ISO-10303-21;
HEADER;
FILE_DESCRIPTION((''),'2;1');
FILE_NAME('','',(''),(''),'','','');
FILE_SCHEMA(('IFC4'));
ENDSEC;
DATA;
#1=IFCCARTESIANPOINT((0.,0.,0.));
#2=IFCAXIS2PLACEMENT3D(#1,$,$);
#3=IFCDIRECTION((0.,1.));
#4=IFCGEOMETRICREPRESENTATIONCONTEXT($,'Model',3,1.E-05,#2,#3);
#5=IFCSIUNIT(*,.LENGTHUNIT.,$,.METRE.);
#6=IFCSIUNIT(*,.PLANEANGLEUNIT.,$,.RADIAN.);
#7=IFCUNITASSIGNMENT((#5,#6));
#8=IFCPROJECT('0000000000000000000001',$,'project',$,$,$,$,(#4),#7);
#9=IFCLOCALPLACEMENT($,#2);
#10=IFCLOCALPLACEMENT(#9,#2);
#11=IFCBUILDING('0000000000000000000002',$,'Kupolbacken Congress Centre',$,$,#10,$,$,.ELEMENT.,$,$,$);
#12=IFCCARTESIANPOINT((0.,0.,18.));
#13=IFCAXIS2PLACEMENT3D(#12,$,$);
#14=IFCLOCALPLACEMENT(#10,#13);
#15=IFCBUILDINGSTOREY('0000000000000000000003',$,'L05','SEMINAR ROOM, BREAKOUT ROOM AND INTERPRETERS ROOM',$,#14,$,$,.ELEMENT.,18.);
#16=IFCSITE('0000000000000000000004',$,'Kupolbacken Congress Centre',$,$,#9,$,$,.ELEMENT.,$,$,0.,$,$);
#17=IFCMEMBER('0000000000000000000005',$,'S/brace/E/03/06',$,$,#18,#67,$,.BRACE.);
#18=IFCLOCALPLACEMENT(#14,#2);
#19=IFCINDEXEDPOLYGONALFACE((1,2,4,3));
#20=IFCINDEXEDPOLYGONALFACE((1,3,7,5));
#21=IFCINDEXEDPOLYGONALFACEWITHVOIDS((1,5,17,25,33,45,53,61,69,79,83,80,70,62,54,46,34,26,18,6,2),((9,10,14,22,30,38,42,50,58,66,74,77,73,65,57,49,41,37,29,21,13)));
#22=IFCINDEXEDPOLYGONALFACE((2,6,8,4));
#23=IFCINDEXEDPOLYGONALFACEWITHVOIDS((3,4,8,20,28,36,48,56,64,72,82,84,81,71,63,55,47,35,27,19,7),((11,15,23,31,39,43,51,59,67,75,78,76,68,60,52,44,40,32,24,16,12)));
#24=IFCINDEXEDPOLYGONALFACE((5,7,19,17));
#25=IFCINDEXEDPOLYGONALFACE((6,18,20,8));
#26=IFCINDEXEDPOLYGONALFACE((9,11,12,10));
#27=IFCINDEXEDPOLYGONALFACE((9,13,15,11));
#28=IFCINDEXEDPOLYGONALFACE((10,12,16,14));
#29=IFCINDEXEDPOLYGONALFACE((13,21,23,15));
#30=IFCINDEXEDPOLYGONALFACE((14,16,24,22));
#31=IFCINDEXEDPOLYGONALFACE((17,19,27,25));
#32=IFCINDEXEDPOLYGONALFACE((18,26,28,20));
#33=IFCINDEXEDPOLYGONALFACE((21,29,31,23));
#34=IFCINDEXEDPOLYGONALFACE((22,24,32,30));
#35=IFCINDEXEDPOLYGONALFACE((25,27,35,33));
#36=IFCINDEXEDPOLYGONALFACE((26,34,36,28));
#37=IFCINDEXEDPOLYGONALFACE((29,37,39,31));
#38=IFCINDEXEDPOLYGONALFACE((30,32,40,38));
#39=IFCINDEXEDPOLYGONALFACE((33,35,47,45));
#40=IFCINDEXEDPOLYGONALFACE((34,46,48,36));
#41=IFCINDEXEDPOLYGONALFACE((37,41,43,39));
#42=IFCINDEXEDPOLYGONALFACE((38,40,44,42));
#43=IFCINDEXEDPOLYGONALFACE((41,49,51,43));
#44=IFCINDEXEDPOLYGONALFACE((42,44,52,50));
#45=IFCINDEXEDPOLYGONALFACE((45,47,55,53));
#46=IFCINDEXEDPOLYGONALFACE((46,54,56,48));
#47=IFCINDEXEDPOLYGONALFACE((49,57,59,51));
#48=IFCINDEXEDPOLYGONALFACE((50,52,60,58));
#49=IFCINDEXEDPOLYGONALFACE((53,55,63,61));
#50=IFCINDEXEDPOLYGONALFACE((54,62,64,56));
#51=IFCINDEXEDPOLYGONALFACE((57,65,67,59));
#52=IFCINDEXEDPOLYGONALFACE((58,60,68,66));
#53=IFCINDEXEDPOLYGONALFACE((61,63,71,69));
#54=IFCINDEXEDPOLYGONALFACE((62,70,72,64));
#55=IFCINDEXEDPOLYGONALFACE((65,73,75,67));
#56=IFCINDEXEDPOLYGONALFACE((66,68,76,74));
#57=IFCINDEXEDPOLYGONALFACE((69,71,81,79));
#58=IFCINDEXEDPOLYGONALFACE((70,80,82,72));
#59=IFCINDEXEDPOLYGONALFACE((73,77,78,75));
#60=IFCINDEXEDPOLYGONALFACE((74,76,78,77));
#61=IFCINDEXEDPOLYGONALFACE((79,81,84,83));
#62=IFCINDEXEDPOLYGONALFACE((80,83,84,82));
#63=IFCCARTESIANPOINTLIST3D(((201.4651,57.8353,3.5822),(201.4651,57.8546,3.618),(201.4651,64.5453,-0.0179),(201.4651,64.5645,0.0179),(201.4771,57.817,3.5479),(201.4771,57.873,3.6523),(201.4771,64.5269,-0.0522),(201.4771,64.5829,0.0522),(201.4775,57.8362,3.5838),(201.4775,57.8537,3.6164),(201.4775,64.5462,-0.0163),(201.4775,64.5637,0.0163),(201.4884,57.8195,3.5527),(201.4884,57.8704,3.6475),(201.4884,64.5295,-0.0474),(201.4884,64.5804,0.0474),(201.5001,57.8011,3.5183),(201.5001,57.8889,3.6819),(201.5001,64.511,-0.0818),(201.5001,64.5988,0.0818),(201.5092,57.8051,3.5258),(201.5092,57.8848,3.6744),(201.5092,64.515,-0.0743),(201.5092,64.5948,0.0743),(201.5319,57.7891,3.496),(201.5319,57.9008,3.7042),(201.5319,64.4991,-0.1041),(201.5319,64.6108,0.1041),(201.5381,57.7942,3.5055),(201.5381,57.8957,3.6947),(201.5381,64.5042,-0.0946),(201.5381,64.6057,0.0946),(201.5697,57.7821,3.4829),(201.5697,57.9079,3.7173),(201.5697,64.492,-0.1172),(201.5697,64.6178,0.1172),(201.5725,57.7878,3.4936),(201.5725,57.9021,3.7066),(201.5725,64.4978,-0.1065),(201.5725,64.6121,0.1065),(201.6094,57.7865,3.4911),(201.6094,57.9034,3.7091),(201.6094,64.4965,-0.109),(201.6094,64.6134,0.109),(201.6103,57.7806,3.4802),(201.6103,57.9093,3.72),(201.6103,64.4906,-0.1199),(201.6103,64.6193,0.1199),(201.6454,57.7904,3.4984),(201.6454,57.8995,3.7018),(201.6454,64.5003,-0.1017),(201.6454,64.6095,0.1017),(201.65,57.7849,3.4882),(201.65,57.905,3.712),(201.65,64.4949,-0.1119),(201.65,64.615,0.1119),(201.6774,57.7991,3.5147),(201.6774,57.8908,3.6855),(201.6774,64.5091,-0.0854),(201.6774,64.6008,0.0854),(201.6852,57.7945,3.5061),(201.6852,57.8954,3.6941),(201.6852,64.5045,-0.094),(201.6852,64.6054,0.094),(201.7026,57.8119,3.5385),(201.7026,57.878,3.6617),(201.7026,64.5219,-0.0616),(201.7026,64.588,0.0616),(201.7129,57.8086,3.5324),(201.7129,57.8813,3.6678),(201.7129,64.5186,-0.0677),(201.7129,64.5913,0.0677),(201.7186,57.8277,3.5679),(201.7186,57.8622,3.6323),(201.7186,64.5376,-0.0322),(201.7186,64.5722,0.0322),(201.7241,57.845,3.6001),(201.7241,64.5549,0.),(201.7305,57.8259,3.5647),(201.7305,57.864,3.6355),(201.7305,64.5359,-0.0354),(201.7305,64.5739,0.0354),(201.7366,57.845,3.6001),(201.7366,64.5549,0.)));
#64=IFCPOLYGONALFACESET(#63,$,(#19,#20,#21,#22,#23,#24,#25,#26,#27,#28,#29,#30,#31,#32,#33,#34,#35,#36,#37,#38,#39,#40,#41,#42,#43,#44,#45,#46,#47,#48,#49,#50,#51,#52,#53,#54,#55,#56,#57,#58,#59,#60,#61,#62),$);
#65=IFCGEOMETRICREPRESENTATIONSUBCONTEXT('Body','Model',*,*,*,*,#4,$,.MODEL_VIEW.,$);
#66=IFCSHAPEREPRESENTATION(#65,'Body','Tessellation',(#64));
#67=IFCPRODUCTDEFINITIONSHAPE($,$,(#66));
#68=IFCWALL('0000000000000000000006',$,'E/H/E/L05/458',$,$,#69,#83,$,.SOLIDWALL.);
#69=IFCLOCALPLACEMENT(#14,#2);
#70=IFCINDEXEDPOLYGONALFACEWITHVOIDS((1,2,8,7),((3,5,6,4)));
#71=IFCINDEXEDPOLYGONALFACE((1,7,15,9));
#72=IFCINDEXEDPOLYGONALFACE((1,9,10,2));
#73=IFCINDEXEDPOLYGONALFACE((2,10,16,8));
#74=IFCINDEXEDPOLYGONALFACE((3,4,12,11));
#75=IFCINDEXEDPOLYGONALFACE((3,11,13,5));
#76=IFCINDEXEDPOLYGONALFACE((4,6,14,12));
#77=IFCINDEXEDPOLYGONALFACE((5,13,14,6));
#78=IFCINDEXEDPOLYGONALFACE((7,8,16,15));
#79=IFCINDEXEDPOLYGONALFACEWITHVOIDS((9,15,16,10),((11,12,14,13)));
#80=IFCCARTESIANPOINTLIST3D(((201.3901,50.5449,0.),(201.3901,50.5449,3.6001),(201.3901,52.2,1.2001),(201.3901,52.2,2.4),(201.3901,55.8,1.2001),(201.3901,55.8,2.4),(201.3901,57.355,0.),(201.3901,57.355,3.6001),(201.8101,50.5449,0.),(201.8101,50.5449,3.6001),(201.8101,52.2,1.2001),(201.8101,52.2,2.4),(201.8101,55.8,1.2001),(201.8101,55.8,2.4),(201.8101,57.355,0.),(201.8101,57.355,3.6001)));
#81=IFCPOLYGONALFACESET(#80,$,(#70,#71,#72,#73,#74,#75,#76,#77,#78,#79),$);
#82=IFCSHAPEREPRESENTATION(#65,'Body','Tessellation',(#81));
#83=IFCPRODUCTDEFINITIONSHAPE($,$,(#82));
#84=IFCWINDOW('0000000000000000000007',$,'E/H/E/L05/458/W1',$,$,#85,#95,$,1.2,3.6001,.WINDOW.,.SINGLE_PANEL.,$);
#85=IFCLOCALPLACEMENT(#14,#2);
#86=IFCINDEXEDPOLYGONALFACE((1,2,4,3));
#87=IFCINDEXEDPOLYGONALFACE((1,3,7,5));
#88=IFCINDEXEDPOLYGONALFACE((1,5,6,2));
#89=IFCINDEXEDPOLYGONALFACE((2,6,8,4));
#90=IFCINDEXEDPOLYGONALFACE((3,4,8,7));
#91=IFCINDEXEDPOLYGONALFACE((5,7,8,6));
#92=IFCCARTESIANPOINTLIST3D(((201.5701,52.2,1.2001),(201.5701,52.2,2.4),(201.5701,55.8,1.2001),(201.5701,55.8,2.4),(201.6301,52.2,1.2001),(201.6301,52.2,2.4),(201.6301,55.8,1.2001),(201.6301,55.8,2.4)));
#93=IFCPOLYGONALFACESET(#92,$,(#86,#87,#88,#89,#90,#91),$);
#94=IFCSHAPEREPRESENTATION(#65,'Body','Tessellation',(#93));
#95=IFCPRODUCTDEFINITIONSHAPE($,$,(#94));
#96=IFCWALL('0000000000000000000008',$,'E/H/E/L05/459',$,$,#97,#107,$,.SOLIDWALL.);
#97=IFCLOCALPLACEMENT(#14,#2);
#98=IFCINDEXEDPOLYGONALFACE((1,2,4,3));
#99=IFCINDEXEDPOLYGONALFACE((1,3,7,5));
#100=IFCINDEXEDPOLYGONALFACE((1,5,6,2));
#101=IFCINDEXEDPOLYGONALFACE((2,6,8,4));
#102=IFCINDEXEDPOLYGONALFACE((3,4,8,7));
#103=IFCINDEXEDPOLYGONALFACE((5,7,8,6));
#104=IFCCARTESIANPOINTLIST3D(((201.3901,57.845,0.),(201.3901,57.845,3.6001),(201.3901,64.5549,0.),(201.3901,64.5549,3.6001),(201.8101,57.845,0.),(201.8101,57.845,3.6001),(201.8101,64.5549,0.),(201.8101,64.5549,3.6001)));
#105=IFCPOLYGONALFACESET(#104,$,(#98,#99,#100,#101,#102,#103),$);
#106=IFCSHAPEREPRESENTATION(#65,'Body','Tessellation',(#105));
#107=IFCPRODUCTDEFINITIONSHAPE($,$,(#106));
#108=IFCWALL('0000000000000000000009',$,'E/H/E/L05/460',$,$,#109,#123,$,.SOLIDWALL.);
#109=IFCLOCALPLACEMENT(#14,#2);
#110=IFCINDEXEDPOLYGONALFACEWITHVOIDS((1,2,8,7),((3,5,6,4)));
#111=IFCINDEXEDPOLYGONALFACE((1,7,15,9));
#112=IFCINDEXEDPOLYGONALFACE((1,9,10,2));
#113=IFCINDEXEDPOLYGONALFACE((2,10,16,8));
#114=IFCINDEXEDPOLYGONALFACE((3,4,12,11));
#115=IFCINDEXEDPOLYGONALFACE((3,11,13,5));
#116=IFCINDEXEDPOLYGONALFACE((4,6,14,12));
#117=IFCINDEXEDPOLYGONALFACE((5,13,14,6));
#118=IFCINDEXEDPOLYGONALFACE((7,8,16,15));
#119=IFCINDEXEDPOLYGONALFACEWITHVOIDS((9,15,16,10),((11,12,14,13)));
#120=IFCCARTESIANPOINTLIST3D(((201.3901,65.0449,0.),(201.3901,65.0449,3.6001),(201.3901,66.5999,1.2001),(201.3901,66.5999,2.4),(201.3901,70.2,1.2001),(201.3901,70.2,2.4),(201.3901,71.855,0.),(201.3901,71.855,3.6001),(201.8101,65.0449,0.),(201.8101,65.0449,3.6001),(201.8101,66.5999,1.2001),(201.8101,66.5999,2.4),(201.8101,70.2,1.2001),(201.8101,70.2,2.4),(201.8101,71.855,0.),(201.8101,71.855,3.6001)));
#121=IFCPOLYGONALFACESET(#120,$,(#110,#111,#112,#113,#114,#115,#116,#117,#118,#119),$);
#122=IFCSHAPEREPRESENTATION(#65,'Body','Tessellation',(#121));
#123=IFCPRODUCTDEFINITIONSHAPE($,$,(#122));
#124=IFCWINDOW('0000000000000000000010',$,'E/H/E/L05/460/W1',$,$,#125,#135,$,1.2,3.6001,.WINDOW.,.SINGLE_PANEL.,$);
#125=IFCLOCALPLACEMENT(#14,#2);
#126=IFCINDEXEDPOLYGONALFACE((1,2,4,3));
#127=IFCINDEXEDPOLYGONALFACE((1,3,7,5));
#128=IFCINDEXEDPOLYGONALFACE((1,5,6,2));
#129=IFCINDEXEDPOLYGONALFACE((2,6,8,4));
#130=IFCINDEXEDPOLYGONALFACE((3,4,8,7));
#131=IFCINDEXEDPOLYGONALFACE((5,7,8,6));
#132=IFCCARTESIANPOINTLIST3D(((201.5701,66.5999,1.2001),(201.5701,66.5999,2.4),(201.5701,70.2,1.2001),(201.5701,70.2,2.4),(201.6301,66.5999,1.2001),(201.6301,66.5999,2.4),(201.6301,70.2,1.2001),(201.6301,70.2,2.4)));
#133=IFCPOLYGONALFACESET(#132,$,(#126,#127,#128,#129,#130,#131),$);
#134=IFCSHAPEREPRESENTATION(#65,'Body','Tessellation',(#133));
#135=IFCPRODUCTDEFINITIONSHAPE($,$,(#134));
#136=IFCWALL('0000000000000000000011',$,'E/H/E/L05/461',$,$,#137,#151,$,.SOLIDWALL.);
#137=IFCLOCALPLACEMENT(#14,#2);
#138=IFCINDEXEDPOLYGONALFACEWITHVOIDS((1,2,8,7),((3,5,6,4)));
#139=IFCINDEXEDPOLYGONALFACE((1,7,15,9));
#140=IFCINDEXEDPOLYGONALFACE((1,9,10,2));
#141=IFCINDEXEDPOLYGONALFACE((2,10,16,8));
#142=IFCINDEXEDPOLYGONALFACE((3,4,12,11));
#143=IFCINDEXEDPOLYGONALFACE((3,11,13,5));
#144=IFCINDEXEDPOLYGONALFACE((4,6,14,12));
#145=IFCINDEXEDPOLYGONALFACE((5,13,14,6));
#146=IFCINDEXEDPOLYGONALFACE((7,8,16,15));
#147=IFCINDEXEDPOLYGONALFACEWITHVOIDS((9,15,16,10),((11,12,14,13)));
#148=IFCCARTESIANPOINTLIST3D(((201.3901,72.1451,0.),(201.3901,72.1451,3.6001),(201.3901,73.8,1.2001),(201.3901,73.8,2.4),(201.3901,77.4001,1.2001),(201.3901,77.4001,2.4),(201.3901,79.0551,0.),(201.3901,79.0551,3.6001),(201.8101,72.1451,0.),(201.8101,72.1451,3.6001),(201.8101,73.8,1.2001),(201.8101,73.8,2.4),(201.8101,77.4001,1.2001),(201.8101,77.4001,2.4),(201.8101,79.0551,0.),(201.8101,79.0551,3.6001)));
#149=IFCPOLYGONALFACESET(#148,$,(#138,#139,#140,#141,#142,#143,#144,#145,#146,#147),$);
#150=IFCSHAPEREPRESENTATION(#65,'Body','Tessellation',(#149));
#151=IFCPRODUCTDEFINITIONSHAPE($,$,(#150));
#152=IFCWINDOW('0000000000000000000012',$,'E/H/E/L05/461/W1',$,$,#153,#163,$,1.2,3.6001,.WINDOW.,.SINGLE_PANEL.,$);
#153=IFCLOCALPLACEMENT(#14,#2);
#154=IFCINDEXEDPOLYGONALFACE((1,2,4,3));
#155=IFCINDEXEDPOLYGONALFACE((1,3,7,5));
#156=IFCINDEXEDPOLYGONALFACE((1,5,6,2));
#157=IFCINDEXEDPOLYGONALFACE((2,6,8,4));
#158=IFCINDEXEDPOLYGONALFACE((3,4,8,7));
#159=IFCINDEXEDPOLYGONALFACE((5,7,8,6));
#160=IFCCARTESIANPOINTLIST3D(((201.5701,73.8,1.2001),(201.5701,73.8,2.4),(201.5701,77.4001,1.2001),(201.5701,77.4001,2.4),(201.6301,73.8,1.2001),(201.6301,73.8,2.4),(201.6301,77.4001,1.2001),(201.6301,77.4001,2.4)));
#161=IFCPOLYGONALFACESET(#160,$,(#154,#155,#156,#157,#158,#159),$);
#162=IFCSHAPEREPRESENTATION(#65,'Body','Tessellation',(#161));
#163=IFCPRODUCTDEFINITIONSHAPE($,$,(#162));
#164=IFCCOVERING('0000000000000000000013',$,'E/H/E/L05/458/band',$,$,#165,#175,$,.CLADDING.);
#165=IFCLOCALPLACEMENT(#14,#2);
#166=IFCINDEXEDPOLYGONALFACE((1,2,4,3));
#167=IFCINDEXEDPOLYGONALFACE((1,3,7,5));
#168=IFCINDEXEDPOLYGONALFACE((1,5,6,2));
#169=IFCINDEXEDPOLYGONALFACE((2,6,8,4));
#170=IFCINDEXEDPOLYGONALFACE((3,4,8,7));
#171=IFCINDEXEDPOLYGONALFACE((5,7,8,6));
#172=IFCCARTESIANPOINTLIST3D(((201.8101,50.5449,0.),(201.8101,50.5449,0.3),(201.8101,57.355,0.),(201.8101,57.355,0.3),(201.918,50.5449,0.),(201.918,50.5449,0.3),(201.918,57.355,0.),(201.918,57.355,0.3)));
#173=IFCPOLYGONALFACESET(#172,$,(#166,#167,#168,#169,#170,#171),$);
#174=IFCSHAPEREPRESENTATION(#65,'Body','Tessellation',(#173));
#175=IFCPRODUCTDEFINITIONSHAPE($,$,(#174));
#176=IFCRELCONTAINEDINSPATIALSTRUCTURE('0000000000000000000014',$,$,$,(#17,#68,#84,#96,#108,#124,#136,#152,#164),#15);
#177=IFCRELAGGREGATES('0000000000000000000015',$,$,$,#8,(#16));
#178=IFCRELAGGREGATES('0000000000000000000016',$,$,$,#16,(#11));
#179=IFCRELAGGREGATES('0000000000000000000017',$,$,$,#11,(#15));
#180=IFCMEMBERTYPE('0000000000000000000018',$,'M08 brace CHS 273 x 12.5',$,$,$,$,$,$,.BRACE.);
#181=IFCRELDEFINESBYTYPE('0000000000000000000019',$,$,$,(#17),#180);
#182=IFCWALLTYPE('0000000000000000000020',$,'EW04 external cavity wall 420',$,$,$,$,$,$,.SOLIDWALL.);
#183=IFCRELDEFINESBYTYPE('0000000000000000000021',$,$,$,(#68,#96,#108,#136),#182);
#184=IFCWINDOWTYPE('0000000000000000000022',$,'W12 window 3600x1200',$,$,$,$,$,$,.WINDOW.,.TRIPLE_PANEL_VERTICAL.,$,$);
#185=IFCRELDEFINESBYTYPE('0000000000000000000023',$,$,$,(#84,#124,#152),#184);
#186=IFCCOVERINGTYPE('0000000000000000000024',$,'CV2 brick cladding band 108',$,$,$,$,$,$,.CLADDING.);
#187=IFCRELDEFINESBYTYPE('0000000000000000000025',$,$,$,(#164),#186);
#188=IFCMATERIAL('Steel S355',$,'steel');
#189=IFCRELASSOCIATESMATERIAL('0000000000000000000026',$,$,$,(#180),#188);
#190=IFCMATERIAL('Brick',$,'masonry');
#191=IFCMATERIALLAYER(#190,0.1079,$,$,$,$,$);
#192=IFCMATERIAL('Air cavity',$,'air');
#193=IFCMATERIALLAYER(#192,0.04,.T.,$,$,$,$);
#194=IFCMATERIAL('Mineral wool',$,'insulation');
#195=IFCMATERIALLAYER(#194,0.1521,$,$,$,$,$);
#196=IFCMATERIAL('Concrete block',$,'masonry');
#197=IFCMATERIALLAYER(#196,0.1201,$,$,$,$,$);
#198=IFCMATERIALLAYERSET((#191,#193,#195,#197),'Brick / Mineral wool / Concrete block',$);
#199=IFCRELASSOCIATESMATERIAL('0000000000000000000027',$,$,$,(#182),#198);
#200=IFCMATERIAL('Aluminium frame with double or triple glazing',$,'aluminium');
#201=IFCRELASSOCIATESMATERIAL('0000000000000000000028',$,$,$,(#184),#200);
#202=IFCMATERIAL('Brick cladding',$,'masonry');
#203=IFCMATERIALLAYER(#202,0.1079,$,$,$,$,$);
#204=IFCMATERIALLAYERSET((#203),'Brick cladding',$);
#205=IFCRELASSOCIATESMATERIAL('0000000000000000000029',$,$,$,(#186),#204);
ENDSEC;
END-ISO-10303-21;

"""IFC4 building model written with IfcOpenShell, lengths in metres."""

from ifc_helpers import new_model, si_unit, direction, frame, frame_2d, origin, origin_2d, place, context, subcontext, project, spatial, rectangle, hollow_circle, extrude, material, layer, layer_set, material_profile, profile_set, type_object, element, fill, save


model = new_model("IFC4")

# Units and contexts
model_context = context("Model", 3, precision=1e-05, world=origin(), true_north=direction((0.0, 1.0)))
body_context = subcontext(model_context, "Body", "Model", "MODEL_VIEW")
ifc_project = project(units=[si_unit("LENGTHUNIT", "METRE"), si_unit("PLANEANGLEUNIT", "RADIAN")], contexts=[model_context])

# Site, building, storey
site_placement = place(None, origin())
site = spatial("IfcSite", under=ifc_project, at=site_placement, Name="Kupolbacken Congress Centre", CompositionType="ELEMENT", RefElevation=0.0)
building_placement = place(site_placement, origin())
building = spatial("IfcBuilding", under=site, at=building_placement, Name="Kupolbacken Congress Centre", CompositionType="ELEMENT")
storey_placement = place(building_placement, frame((0.0, 0.0, 18.0)))
storey = spatial("IfcBuildingStorey", under=building, at=storey_placement, Name="L05", Description="SEMINAR ROOM, BREAKOUT ROOM AND INTERPRETERS ROOM", CompositionType="ELEMENT", Elevation=18.0)

# Member
ifc_material_1 = material(Name="Steel S355", Category="steel")
ifc_material_profile_1 = material_profile(ifc_material_1, hollow_circle(Radius=0.1365, WallThickness=0.0125, at=origin_2d()), Name="CHS 273 x 12.5")
ifc_profile_set_1 = profile_set([ifc_material_profile_1], Name="Steel S355")
member_type_1 = type_object("IfcMemberType", Name="M08 brace CHS 273 x 12.5", PredefinedType="BRACE", material=ifc_profile_set_1)
member_1_placement = place(storey_placement, frame((201.6001, 64.5549, 0.0), z_axis=(0.0, -0.88118, 0.47278), x_axis=(1.0, 0.0, 0.0)))
element("IfcMember", 1, at=member_1_placement, inside=storey, type_object=member_type_1, Name="S/brace/E/03/06", PredefinedType="BRACE", context=body_context, shape_type="SweptSolid", body=[
    extrude(hollow_circle(Radius=0.1365, WallThickness=0.0125, at=origin_2d()), origin(), (0.0, 0.0, 1.0), 7.6147),
])

# Wall, opening, window
ifc_material_2 = material(Name="Brick", Category="masonry")
ifc_layer_1 = layer(ifc_material_2, 0.1079)
ifc_material_3 = material(Name="Air cavity", Category="air")
ifc_layer_2 = layer(ifc_material_3, 0.04, ventilated=True)
ifc_material_4 = material(Name="Mineral wool", Category="insulation")
ifc_layer_3 = layer(ifc_material_4, 0.1521)
ifc_material_5 = material(Name="Concrete block", Category="masonry")
ifc_layer_4 = layer(ifc_material_5, 0.1201)
ifc_layer_set_1 = layer_set([ifc_layer_1, ifc_layer_2, ifc_layer_3, ifc_layer_4], Name="Brick / Mineral wool / Concrete block")
wall_type = type_object("IfcWallType", Name="EW04 external cavity wall 420", PredefinedType="SOLIDWALL", material=ifc_layer_set_1)
wall_1_placement = place(storey_placement, frame((201.6001, 50.5449, 0.0), z_axis=(0.0, 0.0, 1.0), x_axis=(0.0, 1.0, 0.0)))
wall_1 = element("IfcWall", 2, at=wall_1_placement, inside=storey, type_object=wall_type, Name="E/H/E/L05/458", PredefinedType="SOLIDWALL", context=body_context, shape_type="SweptSolid", body=[
    extrude(rectangle(XDim=6.8101, YDim=0.4199, at=frame_2d((3.405, 0.0))), origin(), (0.0, 0.0, 1.0), 3.6001),
])
opening_1_placement = place(wall_1_placement, frame((1.655, 0.0, 1.2)))
opening_1 = element("IfcOpeningElement", 3, at=opening_1_placement, cuts=wall_1, PredefinedType="OPENING", context=body_context, shape_type="SweptSolid", body=[
    extrude(rectangle(XDim=3.6001, YDim=1.2, at=frame_2d((1.8, 0.6001))), frame((0.0, 0.22, 0.0), z_axis=(0.0, -1.0, 0.0), x_axis=(1.0, 0.0, 0.0)), (0.0, 0.0, 1.0), 0.4399),
])
ifc_material_6 = material(Name="Aluminium frame with double or triple glazing", Category="aluminium")
window_type = type_object("IfcWindowType", Name="W12 window 3600x1200", PartitioningType="TRIPLE_PANEL_VERTICAL", PredefinedType="WINDOW", material=ifc_material_6)
window_1_placement = place(opening_1_placement, origin())
window_1 = element("IfcWindow", 4, at=window_1_placement, inside=storey, type_object=window_type, Name="E/H/E/L05/458/W1", OverallHeight=1.2, OverallWidth=3.6001, PartitioningType="SINGLE_PANEL", PredefinedType="WINDOW", context=body_context, shape_type="SweptSolid", body=[
    extrude(rectangle(XDim=3.6001, YDim=1.2, at=frame_2d((1.8, 0.6001))), frame((0.0, 0.03, 0.0), z_axis=(0.0, -1.0, 0.0), x_axis=(1.0, 0.0, 0.0)), (0.0, 0.0, 1.0), 0.0601),
])
fill(opening_1, window_1)

# Wall
wall_2_placement = place(storey_placement, frame((201.6001, 57.845, 0.0), z_axis=(0.0, 0.0, 1.0), x_axis=(0.0, 1.0, 0.0)))
element("IfcWall", 5, at=wall_2_placement, inside=storey, type_object=wall_type, Name="E/H/E/L05/459", PredefinedType="SOLIDWALL", context=body_context, shape_type="SweptSolid", body=[
    extrude(rectangle(XDim=6.71, YDim=0.4199, at=frame_2d((3.355, 0.0))), origin(), (0.0, 0.0, 1.0), 3.6001),
])

# Walls, openings, windows
wall_3_placement = place(storey_placement, frame((201.6001, 65.0449, 0.0), z_axis=(0.0, 0.0, 1.0), x_axis=(0.0, 1.0, 0.0)))
wall_3 = element("IfcWall", 6, at=wall_3_placement, inside=storey, type_object=wall_type, Name="E/H/E/L05/460", PredefinedType="SOLIDWALL", context=body_context, shape_type="SweptSolid", body=[
    extrude(rectangle(XDim=6.8101, YDim=0.4199, at=frame_2d((3.405, 0.0))), origin(), (0.0, 0.0, 1.0), 3.6001),
])
opening_2_placement = place(wall_3_placement, frame((1.5549, 0.0, 1.2)))
opening_2 = element("IfcOpeningElement", 7, at=opening_2_placement, cuts=wall_3, PredefinedType="OPENING", context=body_context, shape_type="SweptSolid", body=[
    extrude(rectangle(XDim=3.6001, YDim=1.2, at=frame_2d((1.8, 0.6001))), frame((0.0, 0.22, 0.0), z_axis=(0.0, -1.0, 0.0), x_axis=(1.0, 0.0, 0.0)), (0.0, 0.0, 1.0), 0.4399),
])
window_2_placement = place(opening_2_placement, origin())
window_2 = element("IfcWindow", 8, at=window_2_placement, inside=storey, type_object=window_type, Name="E/H/E/L05/460/W1", OverallHeight=1.2, OverallWidth=3.6001, PartitioningType="SINGLE_PANEL", PredefinedType="WINDOW", context=body_context, shape_type="SweptSolid", body=[
    extrude(rectangle(XDim=3.6001, YDim=1.2, at=frame_2d((1.8, 0.6001))), frame((0.0, 0.03, 0.0), z_axis=(0.0, -1.0, 0.0), x_axis=(1.0, 0.0, 0.0)), (0.0, 0.0, 1.0), 0.0601),
])
fill(opening_2, window_2)
wall_4_placement = place(storey_placement, frame((201.6001, 72.145, 0.0), z_axis=(0.0, 0.0, 1.0), x_axis=(0.0, 1.0, 0.0)))
wall_4 = element("IfcWall", 9, at=wall_4_placement, inside=storey, type_object=wall_type, Name="E/H/E/L05/461", PredefinedType="SOLIDWALL", context=body_context, shape_type="SweptSolid", body=[
    extrude(rectangle(XDim=6.9099, YDim=0.4199, at=frame_2d((3.4551, 0.0))), origin(), (0.0, 0.0, 1.0), 3.6001),
])
opening_3_placement = place(wall_4_placement, frame((1.655, 0.0, 1.2)))
opening_3 = element("IfcOpeningElement", 10, at=opening_3_placement, cuts=wall_4, PredefinedType="OPENING", context=body_context, shape_type="SweptSolid", body=[
    extrude(rectangle(XDim=3.6001, YDim=1.2, at=frame_2d((1.8, 0.6001))), frame((0.0, 0.22, 0.0), z_axis=(0.0, -1.0, 0.0), x_axis=(1.0, 0.0, 0.0)), (0.0, 0.0, 1.0), 0.4399),
])
window_3_placement = place(opening_3_placement, origin())
window_3 = element("IfcWindow", 11, at=window_3_placement, inside=storey, type_object=window_type, Name="E/H/E/L05/461/W1", OverallHeight=1.2, OverallWidth=3.6001, PartitioningType="SINGLE_PANEL", PredefinedType="WINDOW", context=body_context, shape_type="SweptSolid", body=[
    extrude(rectangle(XDim=3.6001, YDim=1.2, at=frame_2d((1.8, 0.6001))), frame((0.0, 0.03, 0.0), z_axis=(0.0, -1.0, 0.0), x_axis=(1.0, 0.0, 0.0)), (0.0, 0.0, 1.0), 0.0601),
])
fill(opening_3, window_3)

# Covering
ifc_material_7 = material(Name="Brick cladding", Category="masonry")
ifc_layer_5 = layer(ifc_material_7, 0.1079)
ifc_layer_set_2 = layer_set([ifc_layer_5], Name="Brick cladding")
covering_type_1 = type_object("IfcCoveringType", Name="CV2 brick cladding band 108", PredefinedType="CLADDING", material=ifc_layer_set_2)
covering_1_placement = place(storey_placement, frame((201.864, 53.95, 0.0), z_axis=(0.0, 0.0, 1.0), x_axis=(0.0, 1.0, 0.0)))
element("IfcCovering", 12, at=covering_1_placement, inside=storey, type_object=covering_type_1, Name="E/H/E/L05/458/band", PredefinedType="CLADDING", context=body_context, shape_type="SweptSolid", body=[
    extrude(rectangle(XDim=6.8101, YDim=0.1079, at=origin_2d()), origin(), (0.0, 0.0, 1.0), 0.3),
])

save(model, "model.ifc")
